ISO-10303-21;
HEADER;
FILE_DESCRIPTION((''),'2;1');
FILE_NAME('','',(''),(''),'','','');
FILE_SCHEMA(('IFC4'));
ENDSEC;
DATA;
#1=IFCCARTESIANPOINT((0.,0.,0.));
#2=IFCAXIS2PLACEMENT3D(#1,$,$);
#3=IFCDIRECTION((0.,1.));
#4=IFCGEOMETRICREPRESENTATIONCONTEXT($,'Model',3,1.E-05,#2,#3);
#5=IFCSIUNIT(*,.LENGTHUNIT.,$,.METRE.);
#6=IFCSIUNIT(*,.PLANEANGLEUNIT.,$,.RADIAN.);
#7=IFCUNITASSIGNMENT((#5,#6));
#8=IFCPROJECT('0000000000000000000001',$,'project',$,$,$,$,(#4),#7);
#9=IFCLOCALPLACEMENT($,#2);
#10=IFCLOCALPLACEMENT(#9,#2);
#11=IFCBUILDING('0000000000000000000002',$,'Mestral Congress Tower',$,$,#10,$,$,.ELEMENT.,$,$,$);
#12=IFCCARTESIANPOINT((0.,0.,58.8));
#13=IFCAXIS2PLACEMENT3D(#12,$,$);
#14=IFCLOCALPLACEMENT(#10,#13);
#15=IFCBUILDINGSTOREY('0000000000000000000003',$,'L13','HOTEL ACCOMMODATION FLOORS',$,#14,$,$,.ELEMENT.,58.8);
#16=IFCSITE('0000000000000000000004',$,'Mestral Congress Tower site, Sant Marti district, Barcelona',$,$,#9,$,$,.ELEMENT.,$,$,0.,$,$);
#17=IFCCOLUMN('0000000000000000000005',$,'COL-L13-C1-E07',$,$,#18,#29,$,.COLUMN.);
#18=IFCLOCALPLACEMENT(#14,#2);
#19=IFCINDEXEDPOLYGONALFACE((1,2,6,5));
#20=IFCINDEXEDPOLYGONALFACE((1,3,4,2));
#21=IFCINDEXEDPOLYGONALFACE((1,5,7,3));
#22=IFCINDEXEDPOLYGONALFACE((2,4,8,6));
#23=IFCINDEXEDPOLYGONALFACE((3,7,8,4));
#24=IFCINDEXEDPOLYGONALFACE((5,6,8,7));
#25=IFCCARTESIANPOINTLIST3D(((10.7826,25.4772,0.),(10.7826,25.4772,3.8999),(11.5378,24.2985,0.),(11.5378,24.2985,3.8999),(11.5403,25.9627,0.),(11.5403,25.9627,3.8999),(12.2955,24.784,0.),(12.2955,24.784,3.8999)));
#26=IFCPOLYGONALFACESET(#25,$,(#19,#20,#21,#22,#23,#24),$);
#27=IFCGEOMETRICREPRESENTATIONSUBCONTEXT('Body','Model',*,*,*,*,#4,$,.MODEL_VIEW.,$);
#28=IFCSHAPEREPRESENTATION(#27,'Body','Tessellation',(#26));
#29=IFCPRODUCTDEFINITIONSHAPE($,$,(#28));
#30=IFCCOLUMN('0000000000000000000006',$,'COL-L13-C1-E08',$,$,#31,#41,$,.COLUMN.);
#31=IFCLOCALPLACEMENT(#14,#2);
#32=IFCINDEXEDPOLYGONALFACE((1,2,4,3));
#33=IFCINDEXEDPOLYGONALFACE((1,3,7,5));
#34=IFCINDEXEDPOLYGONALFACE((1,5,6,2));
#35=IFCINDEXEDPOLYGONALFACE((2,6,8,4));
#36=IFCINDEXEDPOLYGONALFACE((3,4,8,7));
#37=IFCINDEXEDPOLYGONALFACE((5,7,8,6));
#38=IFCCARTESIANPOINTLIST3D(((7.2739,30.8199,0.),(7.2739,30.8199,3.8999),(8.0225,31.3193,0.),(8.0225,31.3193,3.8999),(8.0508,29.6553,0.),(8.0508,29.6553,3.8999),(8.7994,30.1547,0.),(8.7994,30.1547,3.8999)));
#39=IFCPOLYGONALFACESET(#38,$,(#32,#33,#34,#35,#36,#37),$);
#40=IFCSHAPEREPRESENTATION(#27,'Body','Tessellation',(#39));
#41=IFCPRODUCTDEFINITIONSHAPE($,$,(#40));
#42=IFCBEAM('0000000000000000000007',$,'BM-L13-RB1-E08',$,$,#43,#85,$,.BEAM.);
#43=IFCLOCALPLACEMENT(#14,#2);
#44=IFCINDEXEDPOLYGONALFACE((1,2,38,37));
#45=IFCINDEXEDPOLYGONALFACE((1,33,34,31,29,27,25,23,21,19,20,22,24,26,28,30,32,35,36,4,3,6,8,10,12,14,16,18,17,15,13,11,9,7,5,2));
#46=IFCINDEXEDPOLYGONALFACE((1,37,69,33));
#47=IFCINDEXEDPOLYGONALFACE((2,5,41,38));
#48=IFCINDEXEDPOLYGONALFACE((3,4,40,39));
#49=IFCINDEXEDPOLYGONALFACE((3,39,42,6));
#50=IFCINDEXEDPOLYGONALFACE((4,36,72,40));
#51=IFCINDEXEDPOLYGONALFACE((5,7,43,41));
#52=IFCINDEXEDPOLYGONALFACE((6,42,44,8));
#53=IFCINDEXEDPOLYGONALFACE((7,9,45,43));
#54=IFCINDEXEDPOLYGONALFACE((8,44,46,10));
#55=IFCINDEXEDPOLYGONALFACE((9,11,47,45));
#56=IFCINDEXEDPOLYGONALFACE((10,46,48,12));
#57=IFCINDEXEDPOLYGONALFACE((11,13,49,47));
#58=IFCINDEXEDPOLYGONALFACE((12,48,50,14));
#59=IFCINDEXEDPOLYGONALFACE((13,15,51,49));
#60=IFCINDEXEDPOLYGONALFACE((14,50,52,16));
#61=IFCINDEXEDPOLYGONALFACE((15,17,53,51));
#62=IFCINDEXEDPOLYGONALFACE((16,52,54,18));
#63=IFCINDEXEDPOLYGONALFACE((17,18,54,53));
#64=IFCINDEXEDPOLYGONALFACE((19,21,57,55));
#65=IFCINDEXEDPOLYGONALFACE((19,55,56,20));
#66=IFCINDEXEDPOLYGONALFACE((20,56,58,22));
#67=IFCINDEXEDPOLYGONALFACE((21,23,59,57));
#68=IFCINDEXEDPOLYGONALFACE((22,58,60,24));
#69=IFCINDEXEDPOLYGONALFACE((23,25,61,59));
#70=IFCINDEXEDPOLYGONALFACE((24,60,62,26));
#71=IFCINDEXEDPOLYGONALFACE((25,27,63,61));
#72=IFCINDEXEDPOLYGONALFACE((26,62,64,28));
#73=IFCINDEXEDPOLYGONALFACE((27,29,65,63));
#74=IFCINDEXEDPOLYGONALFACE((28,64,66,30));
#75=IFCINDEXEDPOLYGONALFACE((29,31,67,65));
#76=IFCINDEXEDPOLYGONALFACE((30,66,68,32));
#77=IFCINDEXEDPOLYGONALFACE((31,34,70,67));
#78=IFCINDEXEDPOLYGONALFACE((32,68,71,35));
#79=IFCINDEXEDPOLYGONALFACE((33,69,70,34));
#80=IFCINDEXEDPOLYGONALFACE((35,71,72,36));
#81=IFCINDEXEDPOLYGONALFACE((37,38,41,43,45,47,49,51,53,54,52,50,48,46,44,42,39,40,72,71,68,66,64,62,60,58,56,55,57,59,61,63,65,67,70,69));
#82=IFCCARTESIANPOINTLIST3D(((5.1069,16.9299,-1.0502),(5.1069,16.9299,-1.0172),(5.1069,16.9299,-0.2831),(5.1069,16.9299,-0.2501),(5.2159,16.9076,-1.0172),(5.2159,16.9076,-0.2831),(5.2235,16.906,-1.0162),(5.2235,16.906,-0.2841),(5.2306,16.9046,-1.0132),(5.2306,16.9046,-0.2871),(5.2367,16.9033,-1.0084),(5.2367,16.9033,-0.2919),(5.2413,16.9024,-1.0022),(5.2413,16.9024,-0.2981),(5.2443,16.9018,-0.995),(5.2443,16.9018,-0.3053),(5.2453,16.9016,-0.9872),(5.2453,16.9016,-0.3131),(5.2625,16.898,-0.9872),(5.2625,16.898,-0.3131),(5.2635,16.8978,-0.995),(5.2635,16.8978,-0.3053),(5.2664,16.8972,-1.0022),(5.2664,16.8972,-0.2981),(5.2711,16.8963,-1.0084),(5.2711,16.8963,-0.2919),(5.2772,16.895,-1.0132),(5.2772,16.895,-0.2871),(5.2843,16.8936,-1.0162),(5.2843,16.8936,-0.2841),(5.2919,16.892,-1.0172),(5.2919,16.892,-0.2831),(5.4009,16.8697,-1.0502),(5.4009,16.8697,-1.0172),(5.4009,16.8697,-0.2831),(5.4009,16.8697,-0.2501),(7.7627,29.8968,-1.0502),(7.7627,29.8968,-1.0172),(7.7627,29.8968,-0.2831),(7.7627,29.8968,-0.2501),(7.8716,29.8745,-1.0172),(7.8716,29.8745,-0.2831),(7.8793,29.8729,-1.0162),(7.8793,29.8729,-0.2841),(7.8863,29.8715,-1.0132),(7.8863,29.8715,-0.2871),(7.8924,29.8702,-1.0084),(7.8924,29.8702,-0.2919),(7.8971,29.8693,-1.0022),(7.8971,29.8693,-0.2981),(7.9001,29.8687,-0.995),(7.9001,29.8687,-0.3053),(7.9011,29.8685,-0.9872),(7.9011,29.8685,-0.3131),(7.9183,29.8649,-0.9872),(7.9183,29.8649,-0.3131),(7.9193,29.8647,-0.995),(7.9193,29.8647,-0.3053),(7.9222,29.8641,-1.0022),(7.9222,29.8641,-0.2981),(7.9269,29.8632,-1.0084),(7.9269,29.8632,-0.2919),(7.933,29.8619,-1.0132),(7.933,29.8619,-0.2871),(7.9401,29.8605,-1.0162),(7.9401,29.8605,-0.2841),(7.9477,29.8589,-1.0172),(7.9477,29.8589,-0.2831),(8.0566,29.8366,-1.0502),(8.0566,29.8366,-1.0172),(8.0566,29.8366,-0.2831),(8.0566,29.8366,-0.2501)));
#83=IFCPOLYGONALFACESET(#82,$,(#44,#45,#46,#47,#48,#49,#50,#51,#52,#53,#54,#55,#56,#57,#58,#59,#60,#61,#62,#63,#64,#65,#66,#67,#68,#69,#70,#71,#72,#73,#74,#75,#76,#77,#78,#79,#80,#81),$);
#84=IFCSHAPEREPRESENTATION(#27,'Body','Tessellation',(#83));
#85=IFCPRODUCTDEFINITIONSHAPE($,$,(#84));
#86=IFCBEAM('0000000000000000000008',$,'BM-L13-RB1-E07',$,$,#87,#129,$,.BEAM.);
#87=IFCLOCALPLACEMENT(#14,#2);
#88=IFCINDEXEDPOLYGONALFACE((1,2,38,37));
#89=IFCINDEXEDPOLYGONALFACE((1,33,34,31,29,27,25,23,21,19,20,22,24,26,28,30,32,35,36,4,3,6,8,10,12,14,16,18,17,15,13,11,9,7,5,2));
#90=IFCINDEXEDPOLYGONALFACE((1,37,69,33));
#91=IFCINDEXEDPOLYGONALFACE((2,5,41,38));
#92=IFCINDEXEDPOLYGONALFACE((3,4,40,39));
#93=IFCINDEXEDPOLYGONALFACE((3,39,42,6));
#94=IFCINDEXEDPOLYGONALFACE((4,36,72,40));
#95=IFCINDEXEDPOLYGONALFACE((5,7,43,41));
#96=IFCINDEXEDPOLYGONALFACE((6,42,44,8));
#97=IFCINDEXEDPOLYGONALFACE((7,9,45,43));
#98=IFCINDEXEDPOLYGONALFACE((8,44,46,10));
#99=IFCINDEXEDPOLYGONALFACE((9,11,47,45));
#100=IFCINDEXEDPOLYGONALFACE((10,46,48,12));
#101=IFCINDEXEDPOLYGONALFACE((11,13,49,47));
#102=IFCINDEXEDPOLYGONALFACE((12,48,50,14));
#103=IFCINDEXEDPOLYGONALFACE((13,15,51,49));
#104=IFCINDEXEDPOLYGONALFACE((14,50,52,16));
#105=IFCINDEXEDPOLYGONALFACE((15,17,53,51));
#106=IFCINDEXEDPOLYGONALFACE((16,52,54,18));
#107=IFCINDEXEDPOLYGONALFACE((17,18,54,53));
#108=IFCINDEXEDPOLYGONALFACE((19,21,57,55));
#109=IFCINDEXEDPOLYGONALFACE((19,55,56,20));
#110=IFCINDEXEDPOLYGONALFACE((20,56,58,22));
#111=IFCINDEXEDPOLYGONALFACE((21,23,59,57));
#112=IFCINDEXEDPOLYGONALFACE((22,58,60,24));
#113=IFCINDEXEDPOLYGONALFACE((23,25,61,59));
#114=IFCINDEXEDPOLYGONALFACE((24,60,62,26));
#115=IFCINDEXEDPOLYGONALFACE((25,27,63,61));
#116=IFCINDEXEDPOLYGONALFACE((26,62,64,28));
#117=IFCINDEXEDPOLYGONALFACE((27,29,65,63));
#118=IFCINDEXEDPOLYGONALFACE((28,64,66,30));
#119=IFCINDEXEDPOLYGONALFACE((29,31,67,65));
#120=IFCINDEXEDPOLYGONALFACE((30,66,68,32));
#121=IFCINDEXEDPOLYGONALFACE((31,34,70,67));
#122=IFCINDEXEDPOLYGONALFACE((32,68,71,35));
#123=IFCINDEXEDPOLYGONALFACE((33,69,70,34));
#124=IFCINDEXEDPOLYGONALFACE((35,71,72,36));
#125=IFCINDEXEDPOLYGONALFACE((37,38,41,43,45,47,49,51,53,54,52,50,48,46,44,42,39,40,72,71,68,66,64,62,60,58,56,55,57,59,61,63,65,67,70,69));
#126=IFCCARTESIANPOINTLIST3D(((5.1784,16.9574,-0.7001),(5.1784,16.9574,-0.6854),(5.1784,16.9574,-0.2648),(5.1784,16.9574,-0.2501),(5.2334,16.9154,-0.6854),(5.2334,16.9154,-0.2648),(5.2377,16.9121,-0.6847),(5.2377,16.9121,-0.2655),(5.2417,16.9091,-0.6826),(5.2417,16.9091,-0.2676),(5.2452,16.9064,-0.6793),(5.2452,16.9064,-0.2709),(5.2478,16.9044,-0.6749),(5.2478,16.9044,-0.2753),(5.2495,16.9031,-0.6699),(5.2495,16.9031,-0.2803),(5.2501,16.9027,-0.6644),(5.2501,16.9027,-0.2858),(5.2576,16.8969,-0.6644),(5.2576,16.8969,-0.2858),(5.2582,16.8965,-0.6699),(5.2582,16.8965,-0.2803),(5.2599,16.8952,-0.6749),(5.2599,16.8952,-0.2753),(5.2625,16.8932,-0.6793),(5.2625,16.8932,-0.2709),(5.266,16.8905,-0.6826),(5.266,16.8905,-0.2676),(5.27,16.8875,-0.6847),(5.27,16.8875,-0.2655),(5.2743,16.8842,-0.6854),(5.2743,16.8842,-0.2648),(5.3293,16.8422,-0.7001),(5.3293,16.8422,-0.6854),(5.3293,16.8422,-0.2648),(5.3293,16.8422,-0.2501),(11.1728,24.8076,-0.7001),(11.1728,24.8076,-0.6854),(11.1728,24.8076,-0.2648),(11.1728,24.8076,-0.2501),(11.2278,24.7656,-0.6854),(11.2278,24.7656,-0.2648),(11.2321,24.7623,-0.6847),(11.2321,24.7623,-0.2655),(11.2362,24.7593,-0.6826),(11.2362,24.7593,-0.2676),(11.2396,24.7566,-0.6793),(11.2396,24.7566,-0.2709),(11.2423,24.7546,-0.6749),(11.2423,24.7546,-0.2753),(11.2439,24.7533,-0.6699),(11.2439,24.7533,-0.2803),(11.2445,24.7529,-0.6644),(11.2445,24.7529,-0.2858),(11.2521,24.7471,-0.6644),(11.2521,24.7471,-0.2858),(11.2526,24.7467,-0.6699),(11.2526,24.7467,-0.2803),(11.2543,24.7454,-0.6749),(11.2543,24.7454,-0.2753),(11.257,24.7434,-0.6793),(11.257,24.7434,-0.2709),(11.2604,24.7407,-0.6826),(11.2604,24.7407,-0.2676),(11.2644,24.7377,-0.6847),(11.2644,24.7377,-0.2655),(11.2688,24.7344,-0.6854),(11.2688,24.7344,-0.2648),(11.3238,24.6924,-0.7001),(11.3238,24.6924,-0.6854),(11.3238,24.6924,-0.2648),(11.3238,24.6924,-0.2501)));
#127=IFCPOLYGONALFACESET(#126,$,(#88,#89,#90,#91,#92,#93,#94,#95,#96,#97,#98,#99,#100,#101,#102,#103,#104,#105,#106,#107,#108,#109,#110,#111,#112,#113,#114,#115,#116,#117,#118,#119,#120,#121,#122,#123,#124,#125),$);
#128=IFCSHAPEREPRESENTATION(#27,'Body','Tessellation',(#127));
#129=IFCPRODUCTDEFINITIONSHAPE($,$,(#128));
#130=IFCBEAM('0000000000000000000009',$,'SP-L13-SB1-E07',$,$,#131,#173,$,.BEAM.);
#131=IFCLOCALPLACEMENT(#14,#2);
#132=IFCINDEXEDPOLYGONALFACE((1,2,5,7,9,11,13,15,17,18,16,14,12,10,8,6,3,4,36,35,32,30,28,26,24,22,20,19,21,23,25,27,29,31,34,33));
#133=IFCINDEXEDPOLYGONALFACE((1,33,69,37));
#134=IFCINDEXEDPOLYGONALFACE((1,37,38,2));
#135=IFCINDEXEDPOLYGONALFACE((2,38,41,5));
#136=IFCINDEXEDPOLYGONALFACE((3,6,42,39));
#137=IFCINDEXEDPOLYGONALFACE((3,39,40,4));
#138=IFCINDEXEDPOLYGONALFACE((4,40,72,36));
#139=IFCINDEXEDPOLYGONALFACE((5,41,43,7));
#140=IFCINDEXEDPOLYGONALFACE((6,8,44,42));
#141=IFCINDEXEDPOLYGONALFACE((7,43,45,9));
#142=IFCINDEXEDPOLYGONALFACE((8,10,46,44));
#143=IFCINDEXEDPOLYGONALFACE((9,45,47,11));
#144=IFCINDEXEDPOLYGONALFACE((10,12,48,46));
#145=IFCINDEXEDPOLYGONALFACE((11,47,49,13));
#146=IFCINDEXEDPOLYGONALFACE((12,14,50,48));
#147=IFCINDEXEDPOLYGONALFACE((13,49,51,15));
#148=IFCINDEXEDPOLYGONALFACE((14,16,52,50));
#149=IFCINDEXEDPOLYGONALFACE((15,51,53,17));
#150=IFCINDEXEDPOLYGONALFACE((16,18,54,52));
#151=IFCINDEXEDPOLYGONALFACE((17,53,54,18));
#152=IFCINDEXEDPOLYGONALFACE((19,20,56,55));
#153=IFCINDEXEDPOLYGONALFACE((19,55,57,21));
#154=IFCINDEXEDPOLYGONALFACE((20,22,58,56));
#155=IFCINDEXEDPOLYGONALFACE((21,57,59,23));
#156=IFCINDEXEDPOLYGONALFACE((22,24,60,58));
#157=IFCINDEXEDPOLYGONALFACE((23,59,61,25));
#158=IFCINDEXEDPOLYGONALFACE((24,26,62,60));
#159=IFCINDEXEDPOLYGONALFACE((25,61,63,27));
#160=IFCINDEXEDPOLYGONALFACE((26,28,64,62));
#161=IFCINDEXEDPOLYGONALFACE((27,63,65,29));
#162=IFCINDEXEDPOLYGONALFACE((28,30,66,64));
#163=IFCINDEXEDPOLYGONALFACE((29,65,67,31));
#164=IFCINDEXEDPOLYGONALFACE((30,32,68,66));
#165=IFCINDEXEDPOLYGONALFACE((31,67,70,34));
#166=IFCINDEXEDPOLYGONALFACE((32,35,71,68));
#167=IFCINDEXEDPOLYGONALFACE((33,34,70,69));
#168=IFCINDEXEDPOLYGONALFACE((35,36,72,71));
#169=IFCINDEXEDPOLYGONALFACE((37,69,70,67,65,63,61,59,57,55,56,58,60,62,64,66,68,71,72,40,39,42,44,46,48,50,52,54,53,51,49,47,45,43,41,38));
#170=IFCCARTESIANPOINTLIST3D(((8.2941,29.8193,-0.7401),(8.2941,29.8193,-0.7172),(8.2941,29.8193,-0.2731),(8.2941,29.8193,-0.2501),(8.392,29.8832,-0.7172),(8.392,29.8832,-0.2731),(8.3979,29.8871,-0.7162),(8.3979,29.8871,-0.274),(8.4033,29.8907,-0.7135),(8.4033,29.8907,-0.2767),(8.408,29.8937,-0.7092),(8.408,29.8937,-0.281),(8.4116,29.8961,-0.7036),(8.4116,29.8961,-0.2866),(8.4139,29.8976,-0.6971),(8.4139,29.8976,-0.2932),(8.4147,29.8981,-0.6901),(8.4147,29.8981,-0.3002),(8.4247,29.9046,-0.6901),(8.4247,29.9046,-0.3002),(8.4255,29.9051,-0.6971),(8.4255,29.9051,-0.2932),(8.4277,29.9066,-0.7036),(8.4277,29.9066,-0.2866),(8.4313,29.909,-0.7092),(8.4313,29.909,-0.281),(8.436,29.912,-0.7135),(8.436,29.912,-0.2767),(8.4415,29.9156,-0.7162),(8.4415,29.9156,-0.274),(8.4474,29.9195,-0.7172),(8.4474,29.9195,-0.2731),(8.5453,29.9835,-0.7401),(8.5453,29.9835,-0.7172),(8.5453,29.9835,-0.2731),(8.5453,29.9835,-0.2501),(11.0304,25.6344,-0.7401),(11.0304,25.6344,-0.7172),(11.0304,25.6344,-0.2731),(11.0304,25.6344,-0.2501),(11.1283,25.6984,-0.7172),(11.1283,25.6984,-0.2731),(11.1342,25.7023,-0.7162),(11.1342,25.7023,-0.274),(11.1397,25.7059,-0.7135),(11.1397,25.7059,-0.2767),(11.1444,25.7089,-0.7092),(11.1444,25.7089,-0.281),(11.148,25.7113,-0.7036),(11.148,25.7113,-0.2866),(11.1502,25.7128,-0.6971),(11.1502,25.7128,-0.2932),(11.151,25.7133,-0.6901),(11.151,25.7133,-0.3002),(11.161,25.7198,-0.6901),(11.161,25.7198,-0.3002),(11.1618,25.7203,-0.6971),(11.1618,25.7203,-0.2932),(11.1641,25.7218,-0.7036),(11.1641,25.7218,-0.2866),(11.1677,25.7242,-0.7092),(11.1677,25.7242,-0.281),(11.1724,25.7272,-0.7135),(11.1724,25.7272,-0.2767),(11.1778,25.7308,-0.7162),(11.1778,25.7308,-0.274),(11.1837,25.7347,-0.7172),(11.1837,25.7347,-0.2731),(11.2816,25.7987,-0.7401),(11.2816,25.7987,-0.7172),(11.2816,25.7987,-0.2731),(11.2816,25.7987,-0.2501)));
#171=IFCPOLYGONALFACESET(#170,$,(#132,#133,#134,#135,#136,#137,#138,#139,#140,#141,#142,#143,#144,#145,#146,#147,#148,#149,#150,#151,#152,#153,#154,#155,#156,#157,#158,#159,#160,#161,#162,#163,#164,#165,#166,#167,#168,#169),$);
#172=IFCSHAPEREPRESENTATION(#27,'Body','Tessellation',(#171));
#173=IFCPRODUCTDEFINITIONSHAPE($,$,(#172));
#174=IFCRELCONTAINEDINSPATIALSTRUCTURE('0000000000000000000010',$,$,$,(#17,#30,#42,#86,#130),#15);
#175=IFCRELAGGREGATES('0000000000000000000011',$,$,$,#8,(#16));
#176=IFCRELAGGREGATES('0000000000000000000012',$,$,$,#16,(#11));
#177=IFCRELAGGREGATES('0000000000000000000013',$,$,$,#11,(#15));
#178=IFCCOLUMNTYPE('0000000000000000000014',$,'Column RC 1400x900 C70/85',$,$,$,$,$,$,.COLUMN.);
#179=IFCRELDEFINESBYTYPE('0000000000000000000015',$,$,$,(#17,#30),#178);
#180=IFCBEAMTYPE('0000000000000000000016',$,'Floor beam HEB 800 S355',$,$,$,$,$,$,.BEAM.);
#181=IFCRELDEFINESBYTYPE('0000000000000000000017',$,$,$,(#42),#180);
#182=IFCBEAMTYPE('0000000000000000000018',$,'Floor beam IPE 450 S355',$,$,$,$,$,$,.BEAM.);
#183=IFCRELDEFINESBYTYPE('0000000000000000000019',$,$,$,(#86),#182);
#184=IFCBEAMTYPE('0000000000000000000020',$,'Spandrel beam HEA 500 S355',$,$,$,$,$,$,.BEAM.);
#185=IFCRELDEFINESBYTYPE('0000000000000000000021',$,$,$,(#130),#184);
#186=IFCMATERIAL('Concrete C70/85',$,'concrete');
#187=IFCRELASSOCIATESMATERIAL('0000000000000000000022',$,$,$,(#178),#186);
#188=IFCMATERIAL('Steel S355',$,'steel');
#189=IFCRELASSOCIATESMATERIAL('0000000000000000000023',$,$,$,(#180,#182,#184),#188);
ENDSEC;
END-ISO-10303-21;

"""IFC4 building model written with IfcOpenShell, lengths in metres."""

from ifc_helpers import new_model, si_unit, direction, frame, origin, origin_2d, place, context, subcontext, project, spatial, rectangle, i_section, extrude, material, material_profile, profile_set, type_object, element, save


model = new_model("IFC4")

# Units and contexts
model_context = context("Model", 3, precision=1e-05, world=origin(), true_north=direction((0.0, 1.0)))
body_context = subcontext(model_context, "Body", "Model", "MODEL_VIEW")
ifc_project = project(units=[si_unit("LENGTHUNIT", "METRE"), si_unit("PLANEANGLEUNIT", "RADIAN")], contexts=[model_context])

# Site, building, storey
site_placement = place(None, origin())
site = spatial("IfcSite", under=ifc_project, at=site_placement, Name="Mestral Congress Tower site, Sant Marti district, Barcelona", CompositionType="ELEMENT", RefElevation=0.0)
building_placement = place(site_placement, origin())
building = spatial("IfcBuilding", under=site, at=building_placement, Name="Mestral Congress Tower", CompositionType="ELEMENT")
storey_placement = place(building_placement, frame((0.0, 0.0, 58.8)))
storey = spatial("IfcBuildingStorey", under=building, at=storey_placement, Name="L13", Description="HOTEL ACCOMMODATION FLOORS", CompositionType="ELEMENT", Elevation=58.8)

# Columns
ifc_material_1 = material(Name="Concrete C70/85", Category="concrete")
ifc_material_profile_1 = material_profile(ifc_material_1, rectangle(XDim=1.3999, YDim=0.8999, at=origin_2d()), Name="RC 1400x900")
ifc_profile_set_1 = profile_set([ifc_material_profile_1], Name="Concrete C70/85")
column_type = type_object("IfcColumnType", Name="Column RC 1400x900 C70/85", PredefinedType="COLUMN", material=ifc_profile_set_1)
for number, where, z_axis, x_axis, name in (
    (1, (11.5391, 25.1306, 0.0), (0.0, 0.0, 1.0), (-0.539476, 0.842001, 0.0), "COL-L13-C1-E07"),
    (2, (8.0366, 30.4873, 0.0), (0.0, 0.0, 1.0), (-0.554949, 0.831884, 0.0), "COL-L13-C1-E08"),
):
    element("IfcColumn", number, at=place(storey_placement, frame(where, z_axis=z_axis, x_axis=x_axis)), inside=storey, type_object=column_type, Name=name, PredefinedType="COLUMN", context=body_context, shape_type="SweptSolid", body=[
        extrude(rectangle(XDim=1.3999, YDim=0.8999, at=origin_2d()), origin(), (0.0, 0.0, 1.0), 3.8999),
    ])

# Beams
ifc_material_2 = material(Name="Steel S355", Category="steel")
ifc_material_profile_2 = material_profile(ifc_material_2, i_section(OverallWidth=0.3, OverallDepth=0.8, WebThickness=0.0176, FlangeThickness=0.033, FilletRadius=0.03, at=origin_2d()), Name="HEB 800")
ifc_profile_set_2 = profile_set([ifc_material_profile_2], Name="Steel S355")
beam_type_1 = type_object("IfcBeamType", Name="Floor beam HEB 800 S355", PredefinedType="BEAM", material=ifc_profile_set_2)
beam_1_placement = place(storey_placement, frame((7.9097, 29.8667, -0.6501), z_axis=(-0.200647, -0.979664, 0.0), x_axis=(0.979664, -0.200647, 0.0)))
element("IfcBeam", 3, at=beam_1_placement, inside=storey, type_object=beam_type_1, Name="BM-L13-RB1-E08", PredefinedType="BEAM", context=body_context, shape_type="SweptSolid", body=[
    extrude(i_section(OverallWidth=0.3, OverallDepth=0.8, WebThickness=0.0176, FlangeThickness=0.033, FilletRadius=0.03, at=origin_2d()), origin(), (0.0, 0.0, 1.0), 13.2361),
])
ifc_material_profile_3 = material_profile(ifc_material_2, i_section(OverallWidth=0.1899, OverallDepth=0.45, WebThickness=0.0095, FlangeThickness=0.0146, FilletRadius=0.021, at=origin_2d()), Name="IPE 450")
ifc_profile_set_3 = profile_set([ifc_material_profile_3], Name="Steel S355")
beam_type_2 = type_object("IfcBeamType", Name="Floor beam IPE 450 S355", PredefinedType="BEAM", material=ifc_profile_set_3)
beam_2_placement = place(storey_placement, frame((11.2483, 24.75, -0.4751), z_axis=(-0.606899, -0.794779, 0.0), x_axis=(0.794779, -0.606899, 0.0)))
element("IfcBeam", 4, at=beam_2_placement, inside=storey, type_object=beam_type_2, Name="BM-L13-RB1-E07", PredefinedType="BEAM", context=body_context, shape_type="SweptSolid", body=[
    extrude(i_section(OverallWidth=0.1899, OverallDepth=0.45, WebThickness=0.0095, FlangeThickness=0.0146, FilletRadius=0.021, at=origin_2d()), origin(), (0.0, 0.0, 1.0), 9.8772),
])
ifc_material_profile_4 = material_profile(ifc_material_2, i_section(OverallWidth=0.3, OverallDepth=0.49, WebThickness=0.012, FlangeThickness=0.0229, FilletRadius=0.0271, at=origin_2d()), Name="HEA 500")
ifc_profile_set_4 = profile_set([ifc_material_profile_4], Name="Steel S355")
beam_type_3 = type_object("IfcBeamType", Name="Spandrel beam HEA 500 S355", PredefinedType="BEAM", material=ifc_profile_set_4)
beam_3_placement = place(storey_placement, frame((11.156, 25.7166, -0.4951), z_axis=(-0.547264, 0.83696, 0.0), x_axis=(-0.83696, -0.547264, 0.0)))
element("IfcBeam", 5, at=beam_3_placement, inside=storey, type_object=beam_type_3, Name="SP-L13-SB1-E07", PredefinedType="BEAM", context=body_context, shape_type="SweptSolid", body=[
    extrude(i_section(OverallWidth=0.3, OverallDepth=0.49, WebThickness=0.012, FlangeThickness=0.0229, FilletRadius=0.0271, at=origin_2d()), origin(), (0.0, 0.0, 1.0), 5.0),
])

save(model, "model.ifc")
